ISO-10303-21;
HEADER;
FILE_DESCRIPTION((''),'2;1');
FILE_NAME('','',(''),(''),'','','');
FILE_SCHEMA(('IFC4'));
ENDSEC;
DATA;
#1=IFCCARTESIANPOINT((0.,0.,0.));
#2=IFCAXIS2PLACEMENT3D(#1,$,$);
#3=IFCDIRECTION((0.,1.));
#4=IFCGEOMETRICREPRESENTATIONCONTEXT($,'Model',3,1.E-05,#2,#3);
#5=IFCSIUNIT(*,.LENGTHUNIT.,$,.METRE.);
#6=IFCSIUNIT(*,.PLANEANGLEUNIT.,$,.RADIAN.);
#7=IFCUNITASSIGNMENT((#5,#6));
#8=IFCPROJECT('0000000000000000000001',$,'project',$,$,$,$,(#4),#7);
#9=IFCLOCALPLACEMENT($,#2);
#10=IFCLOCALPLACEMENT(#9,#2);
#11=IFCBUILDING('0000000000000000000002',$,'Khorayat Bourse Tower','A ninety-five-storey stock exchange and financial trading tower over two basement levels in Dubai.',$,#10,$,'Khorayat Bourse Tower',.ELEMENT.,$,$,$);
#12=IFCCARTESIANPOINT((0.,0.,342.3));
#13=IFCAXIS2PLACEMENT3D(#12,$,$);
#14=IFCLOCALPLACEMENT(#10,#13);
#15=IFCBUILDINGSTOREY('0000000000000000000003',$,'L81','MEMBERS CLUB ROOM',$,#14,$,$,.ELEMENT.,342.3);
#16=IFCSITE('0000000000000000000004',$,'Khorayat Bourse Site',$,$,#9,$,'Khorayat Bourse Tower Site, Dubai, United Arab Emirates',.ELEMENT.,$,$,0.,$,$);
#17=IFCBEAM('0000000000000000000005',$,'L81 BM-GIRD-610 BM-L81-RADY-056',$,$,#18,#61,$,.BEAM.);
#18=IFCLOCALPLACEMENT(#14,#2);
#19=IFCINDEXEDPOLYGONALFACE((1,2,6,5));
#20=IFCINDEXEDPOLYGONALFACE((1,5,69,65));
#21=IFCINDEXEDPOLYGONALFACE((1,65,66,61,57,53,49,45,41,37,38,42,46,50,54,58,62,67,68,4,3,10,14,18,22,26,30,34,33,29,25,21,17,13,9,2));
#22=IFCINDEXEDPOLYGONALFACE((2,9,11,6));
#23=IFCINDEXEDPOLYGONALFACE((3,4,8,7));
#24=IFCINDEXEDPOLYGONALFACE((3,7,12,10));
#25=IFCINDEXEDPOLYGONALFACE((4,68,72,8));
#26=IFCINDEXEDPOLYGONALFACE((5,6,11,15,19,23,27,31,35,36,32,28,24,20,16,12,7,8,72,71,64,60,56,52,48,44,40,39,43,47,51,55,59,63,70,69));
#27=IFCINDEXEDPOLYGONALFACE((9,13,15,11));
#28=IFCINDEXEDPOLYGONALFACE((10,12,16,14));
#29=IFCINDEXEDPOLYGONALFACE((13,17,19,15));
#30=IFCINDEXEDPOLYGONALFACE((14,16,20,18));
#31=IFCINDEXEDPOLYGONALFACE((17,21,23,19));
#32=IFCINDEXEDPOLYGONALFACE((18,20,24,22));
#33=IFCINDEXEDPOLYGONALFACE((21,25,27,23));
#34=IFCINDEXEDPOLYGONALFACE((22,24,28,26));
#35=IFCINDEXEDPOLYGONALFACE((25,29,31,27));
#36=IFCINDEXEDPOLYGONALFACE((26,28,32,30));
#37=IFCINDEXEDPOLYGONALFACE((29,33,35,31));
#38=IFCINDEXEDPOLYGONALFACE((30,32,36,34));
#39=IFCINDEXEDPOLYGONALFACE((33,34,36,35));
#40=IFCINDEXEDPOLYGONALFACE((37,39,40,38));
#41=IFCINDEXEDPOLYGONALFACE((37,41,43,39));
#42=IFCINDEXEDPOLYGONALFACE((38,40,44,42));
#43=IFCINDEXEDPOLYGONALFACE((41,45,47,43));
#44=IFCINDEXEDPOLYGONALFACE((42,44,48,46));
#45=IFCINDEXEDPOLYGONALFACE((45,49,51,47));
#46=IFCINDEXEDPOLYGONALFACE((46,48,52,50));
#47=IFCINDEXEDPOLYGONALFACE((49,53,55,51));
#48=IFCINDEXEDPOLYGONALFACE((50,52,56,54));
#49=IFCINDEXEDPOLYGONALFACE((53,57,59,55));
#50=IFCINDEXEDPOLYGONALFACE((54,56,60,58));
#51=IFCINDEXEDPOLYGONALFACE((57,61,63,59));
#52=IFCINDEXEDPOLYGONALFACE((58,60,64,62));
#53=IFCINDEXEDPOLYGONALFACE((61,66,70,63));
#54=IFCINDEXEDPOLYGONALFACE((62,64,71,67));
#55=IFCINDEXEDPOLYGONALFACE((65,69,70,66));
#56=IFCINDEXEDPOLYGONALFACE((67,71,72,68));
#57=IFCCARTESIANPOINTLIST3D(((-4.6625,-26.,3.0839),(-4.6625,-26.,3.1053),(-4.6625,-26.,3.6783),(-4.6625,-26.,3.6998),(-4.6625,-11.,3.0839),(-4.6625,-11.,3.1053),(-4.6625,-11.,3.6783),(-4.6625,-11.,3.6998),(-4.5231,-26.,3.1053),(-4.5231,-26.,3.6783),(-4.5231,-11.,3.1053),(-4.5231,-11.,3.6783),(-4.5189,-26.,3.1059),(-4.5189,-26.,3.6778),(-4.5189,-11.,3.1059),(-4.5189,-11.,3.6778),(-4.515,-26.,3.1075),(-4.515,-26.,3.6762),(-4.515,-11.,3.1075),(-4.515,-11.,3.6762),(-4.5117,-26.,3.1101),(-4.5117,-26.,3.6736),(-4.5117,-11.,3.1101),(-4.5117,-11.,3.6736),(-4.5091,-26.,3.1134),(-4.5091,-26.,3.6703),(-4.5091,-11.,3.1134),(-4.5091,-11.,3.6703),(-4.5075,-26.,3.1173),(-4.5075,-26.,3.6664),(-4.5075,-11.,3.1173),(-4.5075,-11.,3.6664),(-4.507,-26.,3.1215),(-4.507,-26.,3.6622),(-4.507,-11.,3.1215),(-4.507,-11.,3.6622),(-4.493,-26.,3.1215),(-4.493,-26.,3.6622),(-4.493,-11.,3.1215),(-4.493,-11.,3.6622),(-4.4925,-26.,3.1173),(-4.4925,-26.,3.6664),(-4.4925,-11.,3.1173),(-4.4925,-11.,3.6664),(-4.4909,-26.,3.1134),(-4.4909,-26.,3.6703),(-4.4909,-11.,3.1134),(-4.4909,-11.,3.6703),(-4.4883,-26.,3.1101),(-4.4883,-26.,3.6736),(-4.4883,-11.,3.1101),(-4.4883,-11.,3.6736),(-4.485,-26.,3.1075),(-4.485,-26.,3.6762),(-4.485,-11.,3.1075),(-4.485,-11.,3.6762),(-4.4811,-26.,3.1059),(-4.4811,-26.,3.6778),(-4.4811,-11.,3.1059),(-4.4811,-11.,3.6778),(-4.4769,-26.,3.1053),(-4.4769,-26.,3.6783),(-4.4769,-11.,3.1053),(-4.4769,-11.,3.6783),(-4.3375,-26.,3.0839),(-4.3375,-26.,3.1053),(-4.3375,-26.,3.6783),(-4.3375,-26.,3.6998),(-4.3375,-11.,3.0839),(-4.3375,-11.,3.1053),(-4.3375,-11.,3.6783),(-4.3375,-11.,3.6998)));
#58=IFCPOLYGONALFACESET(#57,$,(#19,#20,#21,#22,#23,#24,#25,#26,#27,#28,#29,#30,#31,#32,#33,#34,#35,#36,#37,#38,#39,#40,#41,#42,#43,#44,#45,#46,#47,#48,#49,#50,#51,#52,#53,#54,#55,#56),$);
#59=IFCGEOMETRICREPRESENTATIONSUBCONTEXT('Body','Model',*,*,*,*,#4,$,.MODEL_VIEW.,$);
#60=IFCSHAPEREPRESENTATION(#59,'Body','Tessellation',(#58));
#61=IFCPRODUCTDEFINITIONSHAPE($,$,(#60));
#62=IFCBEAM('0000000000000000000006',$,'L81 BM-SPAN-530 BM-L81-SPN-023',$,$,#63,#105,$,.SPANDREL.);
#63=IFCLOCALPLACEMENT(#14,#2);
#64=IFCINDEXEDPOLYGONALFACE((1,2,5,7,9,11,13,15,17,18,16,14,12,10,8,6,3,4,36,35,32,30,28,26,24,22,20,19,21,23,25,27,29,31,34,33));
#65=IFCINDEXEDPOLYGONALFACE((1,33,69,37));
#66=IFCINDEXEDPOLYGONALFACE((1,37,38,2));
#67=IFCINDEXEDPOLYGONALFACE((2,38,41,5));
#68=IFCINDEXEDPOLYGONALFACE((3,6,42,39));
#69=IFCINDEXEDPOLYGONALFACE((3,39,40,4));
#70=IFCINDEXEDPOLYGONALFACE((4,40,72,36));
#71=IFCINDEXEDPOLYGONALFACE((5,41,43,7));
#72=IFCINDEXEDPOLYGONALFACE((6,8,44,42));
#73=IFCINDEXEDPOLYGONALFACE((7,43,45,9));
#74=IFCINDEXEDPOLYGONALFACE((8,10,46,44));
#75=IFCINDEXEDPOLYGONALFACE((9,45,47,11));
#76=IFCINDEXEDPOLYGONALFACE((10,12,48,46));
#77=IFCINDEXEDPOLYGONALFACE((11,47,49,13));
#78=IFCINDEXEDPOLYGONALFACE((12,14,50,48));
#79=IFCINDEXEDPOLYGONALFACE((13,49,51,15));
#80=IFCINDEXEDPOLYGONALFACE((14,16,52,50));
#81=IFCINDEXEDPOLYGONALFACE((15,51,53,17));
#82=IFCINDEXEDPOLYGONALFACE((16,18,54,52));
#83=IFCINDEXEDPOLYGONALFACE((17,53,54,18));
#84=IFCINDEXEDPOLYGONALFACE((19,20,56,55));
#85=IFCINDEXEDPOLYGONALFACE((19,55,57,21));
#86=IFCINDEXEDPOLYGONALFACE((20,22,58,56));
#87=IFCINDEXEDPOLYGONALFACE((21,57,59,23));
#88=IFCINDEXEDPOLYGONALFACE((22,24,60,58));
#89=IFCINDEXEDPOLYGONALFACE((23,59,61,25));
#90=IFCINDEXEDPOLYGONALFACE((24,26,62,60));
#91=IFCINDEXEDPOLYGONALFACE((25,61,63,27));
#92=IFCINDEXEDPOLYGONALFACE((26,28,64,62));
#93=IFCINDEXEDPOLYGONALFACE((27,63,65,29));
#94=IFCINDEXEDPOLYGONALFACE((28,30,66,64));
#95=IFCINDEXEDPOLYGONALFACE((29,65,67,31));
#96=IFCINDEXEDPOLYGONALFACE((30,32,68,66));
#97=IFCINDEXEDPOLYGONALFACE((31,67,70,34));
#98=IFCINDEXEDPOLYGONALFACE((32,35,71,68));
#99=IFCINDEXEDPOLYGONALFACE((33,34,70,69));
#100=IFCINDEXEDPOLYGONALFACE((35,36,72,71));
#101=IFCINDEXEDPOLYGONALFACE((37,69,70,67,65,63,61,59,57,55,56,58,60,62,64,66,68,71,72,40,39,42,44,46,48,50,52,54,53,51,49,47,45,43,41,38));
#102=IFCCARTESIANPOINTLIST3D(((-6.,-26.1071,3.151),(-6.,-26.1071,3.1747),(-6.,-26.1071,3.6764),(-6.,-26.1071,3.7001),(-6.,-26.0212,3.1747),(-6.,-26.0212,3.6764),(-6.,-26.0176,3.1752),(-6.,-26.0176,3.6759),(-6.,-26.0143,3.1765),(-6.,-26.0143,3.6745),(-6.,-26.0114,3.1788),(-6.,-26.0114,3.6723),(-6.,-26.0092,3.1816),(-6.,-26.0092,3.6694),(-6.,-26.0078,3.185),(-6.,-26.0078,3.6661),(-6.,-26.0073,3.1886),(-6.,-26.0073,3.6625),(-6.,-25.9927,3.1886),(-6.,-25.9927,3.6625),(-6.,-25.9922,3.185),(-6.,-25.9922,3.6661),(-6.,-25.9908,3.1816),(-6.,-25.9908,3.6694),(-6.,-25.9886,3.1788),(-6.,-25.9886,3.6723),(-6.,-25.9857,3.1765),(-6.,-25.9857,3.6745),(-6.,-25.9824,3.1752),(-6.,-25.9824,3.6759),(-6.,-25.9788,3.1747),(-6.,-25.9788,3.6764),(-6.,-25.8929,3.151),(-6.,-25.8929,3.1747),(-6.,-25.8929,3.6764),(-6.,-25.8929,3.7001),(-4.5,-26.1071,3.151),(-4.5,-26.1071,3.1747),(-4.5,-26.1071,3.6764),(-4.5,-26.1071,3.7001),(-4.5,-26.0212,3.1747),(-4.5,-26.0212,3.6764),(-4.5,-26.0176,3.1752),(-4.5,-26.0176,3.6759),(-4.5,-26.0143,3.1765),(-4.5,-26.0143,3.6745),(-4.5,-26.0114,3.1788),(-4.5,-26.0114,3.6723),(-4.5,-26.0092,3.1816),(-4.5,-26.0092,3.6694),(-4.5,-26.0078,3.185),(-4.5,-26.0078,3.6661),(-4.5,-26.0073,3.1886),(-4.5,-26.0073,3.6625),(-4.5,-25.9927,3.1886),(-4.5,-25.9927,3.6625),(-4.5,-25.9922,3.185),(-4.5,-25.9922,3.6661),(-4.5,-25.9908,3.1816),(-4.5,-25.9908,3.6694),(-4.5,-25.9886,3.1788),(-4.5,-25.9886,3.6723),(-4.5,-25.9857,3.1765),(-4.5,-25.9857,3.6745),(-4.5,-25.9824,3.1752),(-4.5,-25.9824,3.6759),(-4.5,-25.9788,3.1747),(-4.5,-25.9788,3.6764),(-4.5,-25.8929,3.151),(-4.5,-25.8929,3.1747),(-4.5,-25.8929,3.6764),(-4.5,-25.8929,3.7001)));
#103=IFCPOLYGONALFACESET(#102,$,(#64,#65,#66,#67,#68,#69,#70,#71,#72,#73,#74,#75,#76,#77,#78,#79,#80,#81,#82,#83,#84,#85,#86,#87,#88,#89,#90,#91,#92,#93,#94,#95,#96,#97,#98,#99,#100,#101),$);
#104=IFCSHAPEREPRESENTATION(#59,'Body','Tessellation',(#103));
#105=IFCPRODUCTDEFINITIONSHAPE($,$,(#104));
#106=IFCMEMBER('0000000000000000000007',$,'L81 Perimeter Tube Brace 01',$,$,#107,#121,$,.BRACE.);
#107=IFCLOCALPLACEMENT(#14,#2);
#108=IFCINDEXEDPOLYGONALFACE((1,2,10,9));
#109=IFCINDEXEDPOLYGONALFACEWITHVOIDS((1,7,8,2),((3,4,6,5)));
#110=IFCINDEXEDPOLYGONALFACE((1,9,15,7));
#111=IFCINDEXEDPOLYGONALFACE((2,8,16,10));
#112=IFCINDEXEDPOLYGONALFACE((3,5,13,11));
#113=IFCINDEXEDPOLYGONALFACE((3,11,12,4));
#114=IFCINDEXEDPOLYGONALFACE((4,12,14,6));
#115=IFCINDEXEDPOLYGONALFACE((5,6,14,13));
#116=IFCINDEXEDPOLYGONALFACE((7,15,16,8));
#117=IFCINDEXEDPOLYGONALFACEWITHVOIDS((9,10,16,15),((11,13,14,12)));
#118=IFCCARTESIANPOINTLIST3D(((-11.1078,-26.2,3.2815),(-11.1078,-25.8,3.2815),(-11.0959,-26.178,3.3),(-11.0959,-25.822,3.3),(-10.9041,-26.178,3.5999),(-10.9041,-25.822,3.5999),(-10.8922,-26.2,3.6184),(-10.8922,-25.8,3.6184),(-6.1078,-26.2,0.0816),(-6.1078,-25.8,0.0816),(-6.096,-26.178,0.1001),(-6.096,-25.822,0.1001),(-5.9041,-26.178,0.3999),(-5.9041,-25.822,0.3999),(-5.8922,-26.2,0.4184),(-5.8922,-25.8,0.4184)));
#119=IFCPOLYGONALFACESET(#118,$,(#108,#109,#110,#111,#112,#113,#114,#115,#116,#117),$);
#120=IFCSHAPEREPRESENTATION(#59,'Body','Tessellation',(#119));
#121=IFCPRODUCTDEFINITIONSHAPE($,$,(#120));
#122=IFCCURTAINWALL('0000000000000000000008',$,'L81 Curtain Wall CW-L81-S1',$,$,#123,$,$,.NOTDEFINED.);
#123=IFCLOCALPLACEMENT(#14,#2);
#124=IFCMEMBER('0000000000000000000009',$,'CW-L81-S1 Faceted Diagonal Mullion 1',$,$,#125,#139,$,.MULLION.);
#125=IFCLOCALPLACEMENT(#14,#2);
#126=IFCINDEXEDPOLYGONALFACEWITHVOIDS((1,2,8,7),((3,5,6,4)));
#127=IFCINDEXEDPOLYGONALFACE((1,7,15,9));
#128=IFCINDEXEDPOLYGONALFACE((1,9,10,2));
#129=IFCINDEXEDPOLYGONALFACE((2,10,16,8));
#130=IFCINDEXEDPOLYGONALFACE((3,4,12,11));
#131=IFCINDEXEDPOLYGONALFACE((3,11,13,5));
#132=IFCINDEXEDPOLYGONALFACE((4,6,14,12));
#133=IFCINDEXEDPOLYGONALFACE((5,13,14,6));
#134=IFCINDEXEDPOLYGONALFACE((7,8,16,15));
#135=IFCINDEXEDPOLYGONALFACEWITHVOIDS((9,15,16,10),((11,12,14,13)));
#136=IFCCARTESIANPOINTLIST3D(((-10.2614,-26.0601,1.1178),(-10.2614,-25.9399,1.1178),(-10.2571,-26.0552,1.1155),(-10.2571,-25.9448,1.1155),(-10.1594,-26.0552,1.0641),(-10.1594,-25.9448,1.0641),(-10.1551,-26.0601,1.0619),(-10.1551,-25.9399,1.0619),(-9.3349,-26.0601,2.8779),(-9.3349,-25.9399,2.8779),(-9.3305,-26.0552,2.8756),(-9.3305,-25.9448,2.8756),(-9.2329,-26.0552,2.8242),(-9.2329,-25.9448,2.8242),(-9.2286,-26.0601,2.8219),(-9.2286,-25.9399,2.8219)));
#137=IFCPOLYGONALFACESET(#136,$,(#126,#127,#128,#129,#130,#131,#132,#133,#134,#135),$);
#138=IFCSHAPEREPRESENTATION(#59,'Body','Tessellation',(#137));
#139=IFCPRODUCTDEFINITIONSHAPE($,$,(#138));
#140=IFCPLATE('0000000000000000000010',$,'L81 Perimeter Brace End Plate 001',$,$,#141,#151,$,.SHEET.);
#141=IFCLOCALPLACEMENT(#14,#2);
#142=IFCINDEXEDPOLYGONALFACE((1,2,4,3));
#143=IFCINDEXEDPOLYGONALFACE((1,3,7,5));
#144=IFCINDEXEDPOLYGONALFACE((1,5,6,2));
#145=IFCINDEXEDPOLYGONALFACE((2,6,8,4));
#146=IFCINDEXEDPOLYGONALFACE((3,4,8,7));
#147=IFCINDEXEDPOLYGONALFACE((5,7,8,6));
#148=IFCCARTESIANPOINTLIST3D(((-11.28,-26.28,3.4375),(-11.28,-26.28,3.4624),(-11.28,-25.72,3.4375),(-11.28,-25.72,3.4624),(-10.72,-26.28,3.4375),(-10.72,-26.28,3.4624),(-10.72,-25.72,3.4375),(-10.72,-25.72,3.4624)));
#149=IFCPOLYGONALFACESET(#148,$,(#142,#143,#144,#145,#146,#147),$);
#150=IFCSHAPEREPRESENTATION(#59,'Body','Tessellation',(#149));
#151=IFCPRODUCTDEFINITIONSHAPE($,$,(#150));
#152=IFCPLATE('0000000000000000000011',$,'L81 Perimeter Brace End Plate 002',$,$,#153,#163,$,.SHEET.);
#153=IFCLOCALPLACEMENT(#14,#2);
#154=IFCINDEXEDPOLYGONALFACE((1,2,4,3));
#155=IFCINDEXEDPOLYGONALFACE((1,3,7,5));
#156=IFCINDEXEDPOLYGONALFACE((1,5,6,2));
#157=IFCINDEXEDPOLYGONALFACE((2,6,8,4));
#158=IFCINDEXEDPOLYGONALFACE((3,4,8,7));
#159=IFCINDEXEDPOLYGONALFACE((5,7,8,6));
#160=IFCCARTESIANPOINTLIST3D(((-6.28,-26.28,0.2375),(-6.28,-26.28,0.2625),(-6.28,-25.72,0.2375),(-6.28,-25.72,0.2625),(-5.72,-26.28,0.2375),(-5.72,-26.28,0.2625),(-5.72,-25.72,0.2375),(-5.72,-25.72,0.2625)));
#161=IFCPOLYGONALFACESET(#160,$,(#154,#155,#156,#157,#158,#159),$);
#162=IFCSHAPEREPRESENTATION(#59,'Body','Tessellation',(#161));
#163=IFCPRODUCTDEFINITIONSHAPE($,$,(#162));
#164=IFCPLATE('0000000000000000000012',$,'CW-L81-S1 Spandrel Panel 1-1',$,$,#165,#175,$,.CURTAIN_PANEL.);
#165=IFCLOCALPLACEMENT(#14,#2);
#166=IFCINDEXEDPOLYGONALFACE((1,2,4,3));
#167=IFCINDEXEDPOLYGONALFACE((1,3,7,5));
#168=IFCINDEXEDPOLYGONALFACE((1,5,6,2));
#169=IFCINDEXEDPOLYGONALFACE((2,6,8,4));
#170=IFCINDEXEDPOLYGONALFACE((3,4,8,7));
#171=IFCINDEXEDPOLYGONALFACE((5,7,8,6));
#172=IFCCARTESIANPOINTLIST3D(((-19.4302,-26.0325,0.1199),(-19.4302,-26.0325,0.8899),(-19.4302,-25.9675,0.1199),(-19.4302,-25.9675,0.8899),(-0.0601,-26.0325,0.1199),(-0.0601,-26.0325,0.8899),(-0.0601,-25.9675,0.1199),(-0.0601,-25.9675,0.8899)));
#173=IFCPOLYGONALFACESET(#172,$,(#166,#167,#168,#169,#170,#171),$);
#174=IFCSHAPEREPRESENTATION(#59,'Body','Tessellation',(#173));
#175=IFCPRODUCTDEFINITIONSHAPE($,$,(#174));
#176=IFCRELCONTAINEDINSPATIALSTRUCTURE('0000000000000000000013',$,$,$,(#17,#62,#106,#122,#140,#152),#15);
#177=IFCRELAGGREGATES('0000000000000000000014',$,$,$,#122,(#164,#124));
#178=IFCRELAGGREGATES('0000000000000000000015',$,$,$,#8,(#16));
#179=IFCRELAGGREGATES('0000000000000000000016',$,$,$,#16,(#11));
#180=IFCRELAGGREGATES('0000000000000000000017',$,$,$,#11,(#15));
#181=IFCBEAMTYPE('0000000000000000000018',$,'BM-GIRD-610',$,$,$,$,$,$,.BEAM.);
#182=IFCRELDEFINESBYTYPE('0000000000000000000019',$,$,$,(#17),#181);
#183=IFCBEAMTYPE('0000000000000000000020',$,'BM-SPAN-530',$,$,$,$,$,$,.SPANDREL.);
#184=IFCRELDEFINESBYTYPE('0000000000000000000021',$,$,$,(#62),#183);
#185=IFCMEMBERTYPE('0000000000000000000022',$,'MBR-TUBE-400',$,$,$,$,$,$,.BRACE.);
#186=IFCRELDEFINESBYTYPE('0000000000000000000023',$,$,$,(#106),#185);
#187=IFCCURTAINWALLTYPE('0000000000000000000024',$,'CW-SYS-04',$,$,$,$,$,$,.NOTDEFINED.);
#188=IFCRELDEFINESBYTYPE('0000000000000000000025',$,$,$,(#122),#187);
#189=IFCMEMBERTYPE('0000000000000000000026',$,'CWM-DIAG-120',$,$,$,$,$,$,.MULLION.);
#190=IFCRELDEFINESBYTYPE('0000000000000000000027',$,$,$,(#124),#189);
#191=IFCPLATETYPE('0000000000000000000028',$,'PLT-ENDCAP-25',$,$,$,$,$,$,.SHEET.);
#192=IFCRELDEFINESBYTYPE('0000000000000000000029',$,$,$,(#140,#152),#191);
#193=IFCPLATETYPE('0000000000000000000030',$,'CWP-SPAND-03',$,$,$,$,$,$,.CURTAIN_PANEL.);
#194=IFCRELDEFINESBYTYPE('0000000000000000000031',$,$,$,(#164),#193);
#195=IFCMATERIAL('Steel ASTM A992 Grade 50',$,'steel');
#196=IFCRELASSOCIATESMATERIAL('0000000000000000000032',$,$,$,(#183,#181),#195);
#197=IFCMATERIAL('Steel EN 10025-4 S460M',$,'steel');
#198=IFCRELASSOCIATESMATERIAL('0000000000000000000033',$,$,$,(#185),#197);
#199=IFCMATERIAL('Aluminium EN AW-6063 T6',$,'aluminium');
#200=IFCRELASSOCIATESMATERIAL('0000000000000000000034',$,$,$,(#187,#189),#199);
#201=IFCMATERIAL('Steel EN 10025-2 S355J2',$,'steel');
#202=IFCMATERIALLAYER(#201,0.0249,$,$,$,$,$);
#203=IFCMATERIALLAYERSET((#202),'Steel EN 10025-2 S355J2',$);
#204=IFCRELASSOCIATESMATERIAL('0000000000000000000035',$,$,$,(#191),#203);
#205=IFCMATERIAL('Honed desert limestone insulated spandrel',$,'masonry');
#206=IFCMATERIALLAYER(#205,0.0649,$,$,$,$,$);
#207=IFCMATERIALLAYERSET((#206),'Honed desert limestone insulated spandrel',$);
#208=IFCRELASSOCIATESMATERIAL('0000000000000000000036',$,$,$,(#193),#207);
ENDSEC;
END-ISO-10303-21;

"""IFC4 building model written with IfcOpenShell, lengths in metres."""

from ifc_helpers import new_model, si_unit, direction, frame, origin, origin_2d, place, context, subcontext, project, spatial, rectangle, hollow_rectangle, i_section, extrude, source, transform, mapped, material, layer, layer_set, material_profile, profile_set, type_object, element, aggregate, save


model = new_model("IFC4")

# Units and contexts
model_context = context("Model", 3, precision=1e-05, world=origin(), true_north=direction((0.0, 1.0)))
body_context = subcontext(model_context, "Body", "Model", "MODEL_VIEW")
ifc_project = project(units=[si_unit("LENGTHUNIT", "METRE"), si_unit("PLANEANGLEUNIT", "RADIAN")], contexts=[model_context])

# Site, building, storey
site_placement = place(None, origin())
site = spatial("IfcSite", under=ifc_project, at=site_placement, Name="Khorayat Bourse Site", LongName="Khorayat Bourse Tower Site, Dubai, United Arab Emirates", CompositionType="ELEMENT", RefElevation=0.0)
building_placement = place(site_placement, origin())
building = spatial("IfcBuilding", under=site, at=building_placement, Name="Khorayat Bourse Tower", Description="A ninety-five-storey stock exchange and financial trading tower over two basement levels in Dubai.", LongName="Khorayat Bourse Tower", CompositionType="ELEMENT")
storey_placement = place(building_placement, frame((0.0, 0.0, 342.3)))
storey = spatial("IfcBuildingStorey", under=building, at=storey_placement, Name="L81", Description="MEMBERS CLUB ROOM", CompositionType="ELEMENT", Elevation=342.3)

# Shared definitions
ifc_material_1 = material(Name="Steel EN 10025-2 S355J2", Category="steel")

# Beams
ifc_material_2 = material(Name="Steel ASTM A992 Grade 50", Category="steel")
ifc_material_profile_1 = material_profile(ifc_material_2, i_section(OverallWidth=0.2141, OverallDepth=0.5491, WebThickness=0.0146, FlangeThickness=0.0237, FilletRadius=0.0139, at=origin_2d()), Name="W530X138")
ifc_profile_set_1 = profile_set([ifc_material_profile_1], Name="Steel ASTM A992 Grade 50")
beam_type_1 = type_object("IfcBeamType", Name="BM-SPAN-530", PredefinedType="SPANDREL", material=ifc_profile_set_1)
ifc_material_profile_2 = material_profile(ifc_material_2, i_section(OverallWidth=0.325, OverallDepth=0.616, WebThickness=0.0139, FlangeThickness=0.0215, FilletRadius=0.0161, at=origin_2d()), Name="W610X174")
ifc_profile_set_2 = profile_set([ifc_material_profile_2], Name="Steel ASTM A992 Grade 50")
beam_type_2 = type_object("IfcBeamType", Name="BM-GIRD-610", PredefinedType="BEAM", material=ifc_profile_set_2)
shared_shape_1 = source(origin(), body_context, "Body", "SweptSolid", [
    extrude(i_section(OverallWidth=0.325, OverallDepth=0.616, WebThickness=0.0139, FlangeThickness=0.0215, FilletRadius=0.0161, at=origin_2d()), origin(), (0.0, 0.0, 1.0), 15.0),
])
for number, where, z_axis, x_axis, name in (
    (1, (-4.5, -26.0, 3.3918), (0.0, 1.0, 0.0), (-1.0, 0.0, 0.0), "L81 BM-GIRD-610 BM-L81-RADY-056"),
):
    element("IfcBeam", number, at=place(storey_placement, frame(where, z_axis=z_axis, x_axis=x_axis)), inside=storey, type_object=beam_type_2, Name=name, PredefinedType="BEAM", context=body_context, shape_type="MappedRepresentation", body=[
        mapped(shared_shape_1, transform((0.0, 0.0, 0.0), scale=1.0)),
    ])
shared_shape_2 = source(origin(), body_context, "Body", "SweptSolid", [
    extrude(i_section(OverallWidth=0.2141, OverallDepth=0.5491, WebThickness=0.0146, FlangeThickness=0.0237, FilletRadius=0.0139, at=origin_2d()), origin(), (0.0, 0.0, 1.0), 1.5),
])
beam_1_placement = place(storey_placement, frame((-6.0, -26.0, 3.4255), z_axis=(1.0, 0.0, 0.0), x_axis=(0.0, 1.0, 0.0)))
element("IfcBeam", 2, at=beam_1_placement, inside=storey, type_object=beam_type_1, Name="L81 BM-SPAN-530 BM-L81-SPN-023", PredefinedType="SPANDREL", context=body_context, shape_type="MappedRepresentation", body=[
    mapped(shared_shape_2, transform((0.0, 0.0, 0.0), scale=1.0)),
])

# Member
ifc_material_3 = material(Name="Steel EN 10025-4 S460M", Category="steel")
ifc_material_profile_3 = material_profile(ifc_material_3, hollow_rectangle(XDim=0.3999, YDim=0.3999, WallThickness=0.022, at=origin_2d()), Name="HSS 400x400x22")
ifc_profile_set_3 = profile_set([ifc_material_profile_3], Name="Steel EN 10025-4 S460M")
member_type_1 = type_object("IfcMemberType", Name="MBR-TUBE-400", PredefinedType="BRACE", material=ifc_profile_set_3)
shared_shape_3 = source(origin(), body_context, "Body", "SweptSolid", [
    extrude(hollow_rectangle(XDim=0.3999, YDim=0.3999, WallThickness=0.022, at=origin_2d()), origin(), (0.0, 0.0, 1.0), 5.9363),
])
member_1_placement = place(storey_placement, frame((-11.0, -26.0, 3.45), z_axis=(0.842275, 0.0, -0.539048), x_axis=(0.0, 1.0, 0.0)))
element("IfcMember", 3, at=member_1_placement, inside=storey, type_object=member_type_1, Name="L81 Perimeter Tube Brace 01", PredefinedType="BRACE", context=body_context, shape_type="MappedRepresentation", body=[
    mapped(shared_shape_3, transform((0.0, 0.0, 0.0), scale=1.0)),
])

# Curtain wall, member
ifc_material_4 = material(Name="Aluminium EN AW-6063 T6", Category="aluminium")
curtain_wall_type = type_object("IfcCurtainWallType", Name="CW-SYS-04", PredefinedType="NOTDEFINED", material=ifc_material_4)
curtain_wall_placement = place(storey_placement, origin())
curtain_wall = element("IfcCurtainWall", 4, at=curtain_wall_placement, inside=storey, type_object=curtain_wall_type, Name="L81 Curtain Wall CW-L81-S1", PredefinedType="NOTDEFINED")
ifc_material_profile_4 = material_profile(ifc_material_4, hollow_rectangle(XDim=0.1201, YDim=0.1201, WallThickness=0.0049, at=origin_2d()), Name="ALU 120x120x5")
ifc_profile_set_4 = profile_set([ifc_material_profile_4], Name="Aluminium EN AW-6063 T6")
member_type_2 = type_object("IfcMemberType", Name="CWM-DIAG-120", PredefinedType="MULLION", material=ifc_profile_set_4)
shared_shape_4 = source(origin(), body_context, "Body", "SweptSolid", [
    extrude(hollow_rectangle(XDim=0.1201, YDim=0.1201, WallThickness=0.0049, at=origin_2d()), origin(), (0.0, 0.0, 1.0), 1.989),
])
member_2_placement = place(storey_placement, frame((-10.2083, -26.0, 1.0898), z_axis=(0.465822, 0.0, 0.884878), x_axis=(0.0, 1.0, 0.0)))
member_2 = element("IfcMember", 5, at=member_2_placement, type_object=member_type_2, Name="CW-L81-S1 Faceted Diagonal Mullion 1", PredefinedType="MULLION", context=body_context, shape_type="MappedRepresentation", body=[
    mapped(shared_shape_4, transform((0.0, 0.0, 0.0), scale=1.0)),
])

# Plates
ifc_layer_1 = layer(ifc_material_1, 0.0249)
ifc_layer_set_1 = layer_set([ifc_layer_1], Name="Steel EN 10025-2 S355J2")
plate_type_1 = type_object("IfcPlateType", Name="PLT-ENDCAP-25", PredefinedType="SHEET", material=ifc_layer_set_1)
shared_shape_5 = source(origin(), body_context, "Body", "SweptSolid", [
    extrude(rectangle(XDim=0.5601, YDim=0.5601, at=origin_2d()), origin(), (0.0, 0.0, 1.0), 0.0249),
])
for number, where, z_axis, x_axis, name in (
    (6, (-11.0, -26.0, 3.4375), (0.0, 0.0, 1.0), (1.0, 0.0, 0.0), "L81 Perimeter Brace End Plate 001"),
    (7, (-6.0, -26.0, 0.2375), (0.0, 0.0, 1.0), (1.0, 0.0, 0.0), "L81 Perimeter Brace End Plate 002"),
):
    element("IfcPlate", number, at=place(storey_placement, frame(where, z_axis=z_axis, x_axis=x_axis)), inside=storey, type_object=plate_type_1, Name=name, PredefinedType="SHEET", context=body_context, shape_type="MappedRepresentation", body=[
        mapped(shared_shape_5, transform((0.0, 0.0, 0.0), scale=1.0)),
    ])

# Plate
ifc_material_5 = material(Name="Honed desert limestone insulated spandrel", Category="masonry")
ifc_layer_2 = layer(ifc_material_5, 0.0649)
ifc_layer_set_2 = layer_set([ifc_layer_2], Name="Honed desert limestone insulated spandrel")
plate_type_2 = type_object("IfcPlateType", Name="CWP-SPAND-03", PredefinedType="CURTAIN_PANEL", material=ifc_layer_set_2)
shared_shape_6 = source(origin(), body_context, "Body", "SweptSolid", [
    extrude(rectangle(XDim=19.3701, YDim=0.0649, at=origin_2d()), origin(), (0.0, 0.0, 1.0), 0.77),
])
plate_1_placement = place(storey_placement, frame((-9.7451, -26.0, 0.1199), z_axis=(0.0, 0.0, 1.0), x_axis=(1.0, 0.0, 0.0)))
plate_1 = element("IfcPlate", 8, at=plate_1_placement, type_object=plate_type_2, Name="CW-L81-S1 Spandrel Panel 1-1", PredefinedType="CURTAIN_PANEL", context=body_context, shape_type="MappedRepresentation", body=[
    mapped(shared_shape_6, transform((0.0, 0.0, 0.0), scale=1.0)),
])
aggregate(curtain_wall, [plate_1, member_2])

save(model, "model.ifc")
